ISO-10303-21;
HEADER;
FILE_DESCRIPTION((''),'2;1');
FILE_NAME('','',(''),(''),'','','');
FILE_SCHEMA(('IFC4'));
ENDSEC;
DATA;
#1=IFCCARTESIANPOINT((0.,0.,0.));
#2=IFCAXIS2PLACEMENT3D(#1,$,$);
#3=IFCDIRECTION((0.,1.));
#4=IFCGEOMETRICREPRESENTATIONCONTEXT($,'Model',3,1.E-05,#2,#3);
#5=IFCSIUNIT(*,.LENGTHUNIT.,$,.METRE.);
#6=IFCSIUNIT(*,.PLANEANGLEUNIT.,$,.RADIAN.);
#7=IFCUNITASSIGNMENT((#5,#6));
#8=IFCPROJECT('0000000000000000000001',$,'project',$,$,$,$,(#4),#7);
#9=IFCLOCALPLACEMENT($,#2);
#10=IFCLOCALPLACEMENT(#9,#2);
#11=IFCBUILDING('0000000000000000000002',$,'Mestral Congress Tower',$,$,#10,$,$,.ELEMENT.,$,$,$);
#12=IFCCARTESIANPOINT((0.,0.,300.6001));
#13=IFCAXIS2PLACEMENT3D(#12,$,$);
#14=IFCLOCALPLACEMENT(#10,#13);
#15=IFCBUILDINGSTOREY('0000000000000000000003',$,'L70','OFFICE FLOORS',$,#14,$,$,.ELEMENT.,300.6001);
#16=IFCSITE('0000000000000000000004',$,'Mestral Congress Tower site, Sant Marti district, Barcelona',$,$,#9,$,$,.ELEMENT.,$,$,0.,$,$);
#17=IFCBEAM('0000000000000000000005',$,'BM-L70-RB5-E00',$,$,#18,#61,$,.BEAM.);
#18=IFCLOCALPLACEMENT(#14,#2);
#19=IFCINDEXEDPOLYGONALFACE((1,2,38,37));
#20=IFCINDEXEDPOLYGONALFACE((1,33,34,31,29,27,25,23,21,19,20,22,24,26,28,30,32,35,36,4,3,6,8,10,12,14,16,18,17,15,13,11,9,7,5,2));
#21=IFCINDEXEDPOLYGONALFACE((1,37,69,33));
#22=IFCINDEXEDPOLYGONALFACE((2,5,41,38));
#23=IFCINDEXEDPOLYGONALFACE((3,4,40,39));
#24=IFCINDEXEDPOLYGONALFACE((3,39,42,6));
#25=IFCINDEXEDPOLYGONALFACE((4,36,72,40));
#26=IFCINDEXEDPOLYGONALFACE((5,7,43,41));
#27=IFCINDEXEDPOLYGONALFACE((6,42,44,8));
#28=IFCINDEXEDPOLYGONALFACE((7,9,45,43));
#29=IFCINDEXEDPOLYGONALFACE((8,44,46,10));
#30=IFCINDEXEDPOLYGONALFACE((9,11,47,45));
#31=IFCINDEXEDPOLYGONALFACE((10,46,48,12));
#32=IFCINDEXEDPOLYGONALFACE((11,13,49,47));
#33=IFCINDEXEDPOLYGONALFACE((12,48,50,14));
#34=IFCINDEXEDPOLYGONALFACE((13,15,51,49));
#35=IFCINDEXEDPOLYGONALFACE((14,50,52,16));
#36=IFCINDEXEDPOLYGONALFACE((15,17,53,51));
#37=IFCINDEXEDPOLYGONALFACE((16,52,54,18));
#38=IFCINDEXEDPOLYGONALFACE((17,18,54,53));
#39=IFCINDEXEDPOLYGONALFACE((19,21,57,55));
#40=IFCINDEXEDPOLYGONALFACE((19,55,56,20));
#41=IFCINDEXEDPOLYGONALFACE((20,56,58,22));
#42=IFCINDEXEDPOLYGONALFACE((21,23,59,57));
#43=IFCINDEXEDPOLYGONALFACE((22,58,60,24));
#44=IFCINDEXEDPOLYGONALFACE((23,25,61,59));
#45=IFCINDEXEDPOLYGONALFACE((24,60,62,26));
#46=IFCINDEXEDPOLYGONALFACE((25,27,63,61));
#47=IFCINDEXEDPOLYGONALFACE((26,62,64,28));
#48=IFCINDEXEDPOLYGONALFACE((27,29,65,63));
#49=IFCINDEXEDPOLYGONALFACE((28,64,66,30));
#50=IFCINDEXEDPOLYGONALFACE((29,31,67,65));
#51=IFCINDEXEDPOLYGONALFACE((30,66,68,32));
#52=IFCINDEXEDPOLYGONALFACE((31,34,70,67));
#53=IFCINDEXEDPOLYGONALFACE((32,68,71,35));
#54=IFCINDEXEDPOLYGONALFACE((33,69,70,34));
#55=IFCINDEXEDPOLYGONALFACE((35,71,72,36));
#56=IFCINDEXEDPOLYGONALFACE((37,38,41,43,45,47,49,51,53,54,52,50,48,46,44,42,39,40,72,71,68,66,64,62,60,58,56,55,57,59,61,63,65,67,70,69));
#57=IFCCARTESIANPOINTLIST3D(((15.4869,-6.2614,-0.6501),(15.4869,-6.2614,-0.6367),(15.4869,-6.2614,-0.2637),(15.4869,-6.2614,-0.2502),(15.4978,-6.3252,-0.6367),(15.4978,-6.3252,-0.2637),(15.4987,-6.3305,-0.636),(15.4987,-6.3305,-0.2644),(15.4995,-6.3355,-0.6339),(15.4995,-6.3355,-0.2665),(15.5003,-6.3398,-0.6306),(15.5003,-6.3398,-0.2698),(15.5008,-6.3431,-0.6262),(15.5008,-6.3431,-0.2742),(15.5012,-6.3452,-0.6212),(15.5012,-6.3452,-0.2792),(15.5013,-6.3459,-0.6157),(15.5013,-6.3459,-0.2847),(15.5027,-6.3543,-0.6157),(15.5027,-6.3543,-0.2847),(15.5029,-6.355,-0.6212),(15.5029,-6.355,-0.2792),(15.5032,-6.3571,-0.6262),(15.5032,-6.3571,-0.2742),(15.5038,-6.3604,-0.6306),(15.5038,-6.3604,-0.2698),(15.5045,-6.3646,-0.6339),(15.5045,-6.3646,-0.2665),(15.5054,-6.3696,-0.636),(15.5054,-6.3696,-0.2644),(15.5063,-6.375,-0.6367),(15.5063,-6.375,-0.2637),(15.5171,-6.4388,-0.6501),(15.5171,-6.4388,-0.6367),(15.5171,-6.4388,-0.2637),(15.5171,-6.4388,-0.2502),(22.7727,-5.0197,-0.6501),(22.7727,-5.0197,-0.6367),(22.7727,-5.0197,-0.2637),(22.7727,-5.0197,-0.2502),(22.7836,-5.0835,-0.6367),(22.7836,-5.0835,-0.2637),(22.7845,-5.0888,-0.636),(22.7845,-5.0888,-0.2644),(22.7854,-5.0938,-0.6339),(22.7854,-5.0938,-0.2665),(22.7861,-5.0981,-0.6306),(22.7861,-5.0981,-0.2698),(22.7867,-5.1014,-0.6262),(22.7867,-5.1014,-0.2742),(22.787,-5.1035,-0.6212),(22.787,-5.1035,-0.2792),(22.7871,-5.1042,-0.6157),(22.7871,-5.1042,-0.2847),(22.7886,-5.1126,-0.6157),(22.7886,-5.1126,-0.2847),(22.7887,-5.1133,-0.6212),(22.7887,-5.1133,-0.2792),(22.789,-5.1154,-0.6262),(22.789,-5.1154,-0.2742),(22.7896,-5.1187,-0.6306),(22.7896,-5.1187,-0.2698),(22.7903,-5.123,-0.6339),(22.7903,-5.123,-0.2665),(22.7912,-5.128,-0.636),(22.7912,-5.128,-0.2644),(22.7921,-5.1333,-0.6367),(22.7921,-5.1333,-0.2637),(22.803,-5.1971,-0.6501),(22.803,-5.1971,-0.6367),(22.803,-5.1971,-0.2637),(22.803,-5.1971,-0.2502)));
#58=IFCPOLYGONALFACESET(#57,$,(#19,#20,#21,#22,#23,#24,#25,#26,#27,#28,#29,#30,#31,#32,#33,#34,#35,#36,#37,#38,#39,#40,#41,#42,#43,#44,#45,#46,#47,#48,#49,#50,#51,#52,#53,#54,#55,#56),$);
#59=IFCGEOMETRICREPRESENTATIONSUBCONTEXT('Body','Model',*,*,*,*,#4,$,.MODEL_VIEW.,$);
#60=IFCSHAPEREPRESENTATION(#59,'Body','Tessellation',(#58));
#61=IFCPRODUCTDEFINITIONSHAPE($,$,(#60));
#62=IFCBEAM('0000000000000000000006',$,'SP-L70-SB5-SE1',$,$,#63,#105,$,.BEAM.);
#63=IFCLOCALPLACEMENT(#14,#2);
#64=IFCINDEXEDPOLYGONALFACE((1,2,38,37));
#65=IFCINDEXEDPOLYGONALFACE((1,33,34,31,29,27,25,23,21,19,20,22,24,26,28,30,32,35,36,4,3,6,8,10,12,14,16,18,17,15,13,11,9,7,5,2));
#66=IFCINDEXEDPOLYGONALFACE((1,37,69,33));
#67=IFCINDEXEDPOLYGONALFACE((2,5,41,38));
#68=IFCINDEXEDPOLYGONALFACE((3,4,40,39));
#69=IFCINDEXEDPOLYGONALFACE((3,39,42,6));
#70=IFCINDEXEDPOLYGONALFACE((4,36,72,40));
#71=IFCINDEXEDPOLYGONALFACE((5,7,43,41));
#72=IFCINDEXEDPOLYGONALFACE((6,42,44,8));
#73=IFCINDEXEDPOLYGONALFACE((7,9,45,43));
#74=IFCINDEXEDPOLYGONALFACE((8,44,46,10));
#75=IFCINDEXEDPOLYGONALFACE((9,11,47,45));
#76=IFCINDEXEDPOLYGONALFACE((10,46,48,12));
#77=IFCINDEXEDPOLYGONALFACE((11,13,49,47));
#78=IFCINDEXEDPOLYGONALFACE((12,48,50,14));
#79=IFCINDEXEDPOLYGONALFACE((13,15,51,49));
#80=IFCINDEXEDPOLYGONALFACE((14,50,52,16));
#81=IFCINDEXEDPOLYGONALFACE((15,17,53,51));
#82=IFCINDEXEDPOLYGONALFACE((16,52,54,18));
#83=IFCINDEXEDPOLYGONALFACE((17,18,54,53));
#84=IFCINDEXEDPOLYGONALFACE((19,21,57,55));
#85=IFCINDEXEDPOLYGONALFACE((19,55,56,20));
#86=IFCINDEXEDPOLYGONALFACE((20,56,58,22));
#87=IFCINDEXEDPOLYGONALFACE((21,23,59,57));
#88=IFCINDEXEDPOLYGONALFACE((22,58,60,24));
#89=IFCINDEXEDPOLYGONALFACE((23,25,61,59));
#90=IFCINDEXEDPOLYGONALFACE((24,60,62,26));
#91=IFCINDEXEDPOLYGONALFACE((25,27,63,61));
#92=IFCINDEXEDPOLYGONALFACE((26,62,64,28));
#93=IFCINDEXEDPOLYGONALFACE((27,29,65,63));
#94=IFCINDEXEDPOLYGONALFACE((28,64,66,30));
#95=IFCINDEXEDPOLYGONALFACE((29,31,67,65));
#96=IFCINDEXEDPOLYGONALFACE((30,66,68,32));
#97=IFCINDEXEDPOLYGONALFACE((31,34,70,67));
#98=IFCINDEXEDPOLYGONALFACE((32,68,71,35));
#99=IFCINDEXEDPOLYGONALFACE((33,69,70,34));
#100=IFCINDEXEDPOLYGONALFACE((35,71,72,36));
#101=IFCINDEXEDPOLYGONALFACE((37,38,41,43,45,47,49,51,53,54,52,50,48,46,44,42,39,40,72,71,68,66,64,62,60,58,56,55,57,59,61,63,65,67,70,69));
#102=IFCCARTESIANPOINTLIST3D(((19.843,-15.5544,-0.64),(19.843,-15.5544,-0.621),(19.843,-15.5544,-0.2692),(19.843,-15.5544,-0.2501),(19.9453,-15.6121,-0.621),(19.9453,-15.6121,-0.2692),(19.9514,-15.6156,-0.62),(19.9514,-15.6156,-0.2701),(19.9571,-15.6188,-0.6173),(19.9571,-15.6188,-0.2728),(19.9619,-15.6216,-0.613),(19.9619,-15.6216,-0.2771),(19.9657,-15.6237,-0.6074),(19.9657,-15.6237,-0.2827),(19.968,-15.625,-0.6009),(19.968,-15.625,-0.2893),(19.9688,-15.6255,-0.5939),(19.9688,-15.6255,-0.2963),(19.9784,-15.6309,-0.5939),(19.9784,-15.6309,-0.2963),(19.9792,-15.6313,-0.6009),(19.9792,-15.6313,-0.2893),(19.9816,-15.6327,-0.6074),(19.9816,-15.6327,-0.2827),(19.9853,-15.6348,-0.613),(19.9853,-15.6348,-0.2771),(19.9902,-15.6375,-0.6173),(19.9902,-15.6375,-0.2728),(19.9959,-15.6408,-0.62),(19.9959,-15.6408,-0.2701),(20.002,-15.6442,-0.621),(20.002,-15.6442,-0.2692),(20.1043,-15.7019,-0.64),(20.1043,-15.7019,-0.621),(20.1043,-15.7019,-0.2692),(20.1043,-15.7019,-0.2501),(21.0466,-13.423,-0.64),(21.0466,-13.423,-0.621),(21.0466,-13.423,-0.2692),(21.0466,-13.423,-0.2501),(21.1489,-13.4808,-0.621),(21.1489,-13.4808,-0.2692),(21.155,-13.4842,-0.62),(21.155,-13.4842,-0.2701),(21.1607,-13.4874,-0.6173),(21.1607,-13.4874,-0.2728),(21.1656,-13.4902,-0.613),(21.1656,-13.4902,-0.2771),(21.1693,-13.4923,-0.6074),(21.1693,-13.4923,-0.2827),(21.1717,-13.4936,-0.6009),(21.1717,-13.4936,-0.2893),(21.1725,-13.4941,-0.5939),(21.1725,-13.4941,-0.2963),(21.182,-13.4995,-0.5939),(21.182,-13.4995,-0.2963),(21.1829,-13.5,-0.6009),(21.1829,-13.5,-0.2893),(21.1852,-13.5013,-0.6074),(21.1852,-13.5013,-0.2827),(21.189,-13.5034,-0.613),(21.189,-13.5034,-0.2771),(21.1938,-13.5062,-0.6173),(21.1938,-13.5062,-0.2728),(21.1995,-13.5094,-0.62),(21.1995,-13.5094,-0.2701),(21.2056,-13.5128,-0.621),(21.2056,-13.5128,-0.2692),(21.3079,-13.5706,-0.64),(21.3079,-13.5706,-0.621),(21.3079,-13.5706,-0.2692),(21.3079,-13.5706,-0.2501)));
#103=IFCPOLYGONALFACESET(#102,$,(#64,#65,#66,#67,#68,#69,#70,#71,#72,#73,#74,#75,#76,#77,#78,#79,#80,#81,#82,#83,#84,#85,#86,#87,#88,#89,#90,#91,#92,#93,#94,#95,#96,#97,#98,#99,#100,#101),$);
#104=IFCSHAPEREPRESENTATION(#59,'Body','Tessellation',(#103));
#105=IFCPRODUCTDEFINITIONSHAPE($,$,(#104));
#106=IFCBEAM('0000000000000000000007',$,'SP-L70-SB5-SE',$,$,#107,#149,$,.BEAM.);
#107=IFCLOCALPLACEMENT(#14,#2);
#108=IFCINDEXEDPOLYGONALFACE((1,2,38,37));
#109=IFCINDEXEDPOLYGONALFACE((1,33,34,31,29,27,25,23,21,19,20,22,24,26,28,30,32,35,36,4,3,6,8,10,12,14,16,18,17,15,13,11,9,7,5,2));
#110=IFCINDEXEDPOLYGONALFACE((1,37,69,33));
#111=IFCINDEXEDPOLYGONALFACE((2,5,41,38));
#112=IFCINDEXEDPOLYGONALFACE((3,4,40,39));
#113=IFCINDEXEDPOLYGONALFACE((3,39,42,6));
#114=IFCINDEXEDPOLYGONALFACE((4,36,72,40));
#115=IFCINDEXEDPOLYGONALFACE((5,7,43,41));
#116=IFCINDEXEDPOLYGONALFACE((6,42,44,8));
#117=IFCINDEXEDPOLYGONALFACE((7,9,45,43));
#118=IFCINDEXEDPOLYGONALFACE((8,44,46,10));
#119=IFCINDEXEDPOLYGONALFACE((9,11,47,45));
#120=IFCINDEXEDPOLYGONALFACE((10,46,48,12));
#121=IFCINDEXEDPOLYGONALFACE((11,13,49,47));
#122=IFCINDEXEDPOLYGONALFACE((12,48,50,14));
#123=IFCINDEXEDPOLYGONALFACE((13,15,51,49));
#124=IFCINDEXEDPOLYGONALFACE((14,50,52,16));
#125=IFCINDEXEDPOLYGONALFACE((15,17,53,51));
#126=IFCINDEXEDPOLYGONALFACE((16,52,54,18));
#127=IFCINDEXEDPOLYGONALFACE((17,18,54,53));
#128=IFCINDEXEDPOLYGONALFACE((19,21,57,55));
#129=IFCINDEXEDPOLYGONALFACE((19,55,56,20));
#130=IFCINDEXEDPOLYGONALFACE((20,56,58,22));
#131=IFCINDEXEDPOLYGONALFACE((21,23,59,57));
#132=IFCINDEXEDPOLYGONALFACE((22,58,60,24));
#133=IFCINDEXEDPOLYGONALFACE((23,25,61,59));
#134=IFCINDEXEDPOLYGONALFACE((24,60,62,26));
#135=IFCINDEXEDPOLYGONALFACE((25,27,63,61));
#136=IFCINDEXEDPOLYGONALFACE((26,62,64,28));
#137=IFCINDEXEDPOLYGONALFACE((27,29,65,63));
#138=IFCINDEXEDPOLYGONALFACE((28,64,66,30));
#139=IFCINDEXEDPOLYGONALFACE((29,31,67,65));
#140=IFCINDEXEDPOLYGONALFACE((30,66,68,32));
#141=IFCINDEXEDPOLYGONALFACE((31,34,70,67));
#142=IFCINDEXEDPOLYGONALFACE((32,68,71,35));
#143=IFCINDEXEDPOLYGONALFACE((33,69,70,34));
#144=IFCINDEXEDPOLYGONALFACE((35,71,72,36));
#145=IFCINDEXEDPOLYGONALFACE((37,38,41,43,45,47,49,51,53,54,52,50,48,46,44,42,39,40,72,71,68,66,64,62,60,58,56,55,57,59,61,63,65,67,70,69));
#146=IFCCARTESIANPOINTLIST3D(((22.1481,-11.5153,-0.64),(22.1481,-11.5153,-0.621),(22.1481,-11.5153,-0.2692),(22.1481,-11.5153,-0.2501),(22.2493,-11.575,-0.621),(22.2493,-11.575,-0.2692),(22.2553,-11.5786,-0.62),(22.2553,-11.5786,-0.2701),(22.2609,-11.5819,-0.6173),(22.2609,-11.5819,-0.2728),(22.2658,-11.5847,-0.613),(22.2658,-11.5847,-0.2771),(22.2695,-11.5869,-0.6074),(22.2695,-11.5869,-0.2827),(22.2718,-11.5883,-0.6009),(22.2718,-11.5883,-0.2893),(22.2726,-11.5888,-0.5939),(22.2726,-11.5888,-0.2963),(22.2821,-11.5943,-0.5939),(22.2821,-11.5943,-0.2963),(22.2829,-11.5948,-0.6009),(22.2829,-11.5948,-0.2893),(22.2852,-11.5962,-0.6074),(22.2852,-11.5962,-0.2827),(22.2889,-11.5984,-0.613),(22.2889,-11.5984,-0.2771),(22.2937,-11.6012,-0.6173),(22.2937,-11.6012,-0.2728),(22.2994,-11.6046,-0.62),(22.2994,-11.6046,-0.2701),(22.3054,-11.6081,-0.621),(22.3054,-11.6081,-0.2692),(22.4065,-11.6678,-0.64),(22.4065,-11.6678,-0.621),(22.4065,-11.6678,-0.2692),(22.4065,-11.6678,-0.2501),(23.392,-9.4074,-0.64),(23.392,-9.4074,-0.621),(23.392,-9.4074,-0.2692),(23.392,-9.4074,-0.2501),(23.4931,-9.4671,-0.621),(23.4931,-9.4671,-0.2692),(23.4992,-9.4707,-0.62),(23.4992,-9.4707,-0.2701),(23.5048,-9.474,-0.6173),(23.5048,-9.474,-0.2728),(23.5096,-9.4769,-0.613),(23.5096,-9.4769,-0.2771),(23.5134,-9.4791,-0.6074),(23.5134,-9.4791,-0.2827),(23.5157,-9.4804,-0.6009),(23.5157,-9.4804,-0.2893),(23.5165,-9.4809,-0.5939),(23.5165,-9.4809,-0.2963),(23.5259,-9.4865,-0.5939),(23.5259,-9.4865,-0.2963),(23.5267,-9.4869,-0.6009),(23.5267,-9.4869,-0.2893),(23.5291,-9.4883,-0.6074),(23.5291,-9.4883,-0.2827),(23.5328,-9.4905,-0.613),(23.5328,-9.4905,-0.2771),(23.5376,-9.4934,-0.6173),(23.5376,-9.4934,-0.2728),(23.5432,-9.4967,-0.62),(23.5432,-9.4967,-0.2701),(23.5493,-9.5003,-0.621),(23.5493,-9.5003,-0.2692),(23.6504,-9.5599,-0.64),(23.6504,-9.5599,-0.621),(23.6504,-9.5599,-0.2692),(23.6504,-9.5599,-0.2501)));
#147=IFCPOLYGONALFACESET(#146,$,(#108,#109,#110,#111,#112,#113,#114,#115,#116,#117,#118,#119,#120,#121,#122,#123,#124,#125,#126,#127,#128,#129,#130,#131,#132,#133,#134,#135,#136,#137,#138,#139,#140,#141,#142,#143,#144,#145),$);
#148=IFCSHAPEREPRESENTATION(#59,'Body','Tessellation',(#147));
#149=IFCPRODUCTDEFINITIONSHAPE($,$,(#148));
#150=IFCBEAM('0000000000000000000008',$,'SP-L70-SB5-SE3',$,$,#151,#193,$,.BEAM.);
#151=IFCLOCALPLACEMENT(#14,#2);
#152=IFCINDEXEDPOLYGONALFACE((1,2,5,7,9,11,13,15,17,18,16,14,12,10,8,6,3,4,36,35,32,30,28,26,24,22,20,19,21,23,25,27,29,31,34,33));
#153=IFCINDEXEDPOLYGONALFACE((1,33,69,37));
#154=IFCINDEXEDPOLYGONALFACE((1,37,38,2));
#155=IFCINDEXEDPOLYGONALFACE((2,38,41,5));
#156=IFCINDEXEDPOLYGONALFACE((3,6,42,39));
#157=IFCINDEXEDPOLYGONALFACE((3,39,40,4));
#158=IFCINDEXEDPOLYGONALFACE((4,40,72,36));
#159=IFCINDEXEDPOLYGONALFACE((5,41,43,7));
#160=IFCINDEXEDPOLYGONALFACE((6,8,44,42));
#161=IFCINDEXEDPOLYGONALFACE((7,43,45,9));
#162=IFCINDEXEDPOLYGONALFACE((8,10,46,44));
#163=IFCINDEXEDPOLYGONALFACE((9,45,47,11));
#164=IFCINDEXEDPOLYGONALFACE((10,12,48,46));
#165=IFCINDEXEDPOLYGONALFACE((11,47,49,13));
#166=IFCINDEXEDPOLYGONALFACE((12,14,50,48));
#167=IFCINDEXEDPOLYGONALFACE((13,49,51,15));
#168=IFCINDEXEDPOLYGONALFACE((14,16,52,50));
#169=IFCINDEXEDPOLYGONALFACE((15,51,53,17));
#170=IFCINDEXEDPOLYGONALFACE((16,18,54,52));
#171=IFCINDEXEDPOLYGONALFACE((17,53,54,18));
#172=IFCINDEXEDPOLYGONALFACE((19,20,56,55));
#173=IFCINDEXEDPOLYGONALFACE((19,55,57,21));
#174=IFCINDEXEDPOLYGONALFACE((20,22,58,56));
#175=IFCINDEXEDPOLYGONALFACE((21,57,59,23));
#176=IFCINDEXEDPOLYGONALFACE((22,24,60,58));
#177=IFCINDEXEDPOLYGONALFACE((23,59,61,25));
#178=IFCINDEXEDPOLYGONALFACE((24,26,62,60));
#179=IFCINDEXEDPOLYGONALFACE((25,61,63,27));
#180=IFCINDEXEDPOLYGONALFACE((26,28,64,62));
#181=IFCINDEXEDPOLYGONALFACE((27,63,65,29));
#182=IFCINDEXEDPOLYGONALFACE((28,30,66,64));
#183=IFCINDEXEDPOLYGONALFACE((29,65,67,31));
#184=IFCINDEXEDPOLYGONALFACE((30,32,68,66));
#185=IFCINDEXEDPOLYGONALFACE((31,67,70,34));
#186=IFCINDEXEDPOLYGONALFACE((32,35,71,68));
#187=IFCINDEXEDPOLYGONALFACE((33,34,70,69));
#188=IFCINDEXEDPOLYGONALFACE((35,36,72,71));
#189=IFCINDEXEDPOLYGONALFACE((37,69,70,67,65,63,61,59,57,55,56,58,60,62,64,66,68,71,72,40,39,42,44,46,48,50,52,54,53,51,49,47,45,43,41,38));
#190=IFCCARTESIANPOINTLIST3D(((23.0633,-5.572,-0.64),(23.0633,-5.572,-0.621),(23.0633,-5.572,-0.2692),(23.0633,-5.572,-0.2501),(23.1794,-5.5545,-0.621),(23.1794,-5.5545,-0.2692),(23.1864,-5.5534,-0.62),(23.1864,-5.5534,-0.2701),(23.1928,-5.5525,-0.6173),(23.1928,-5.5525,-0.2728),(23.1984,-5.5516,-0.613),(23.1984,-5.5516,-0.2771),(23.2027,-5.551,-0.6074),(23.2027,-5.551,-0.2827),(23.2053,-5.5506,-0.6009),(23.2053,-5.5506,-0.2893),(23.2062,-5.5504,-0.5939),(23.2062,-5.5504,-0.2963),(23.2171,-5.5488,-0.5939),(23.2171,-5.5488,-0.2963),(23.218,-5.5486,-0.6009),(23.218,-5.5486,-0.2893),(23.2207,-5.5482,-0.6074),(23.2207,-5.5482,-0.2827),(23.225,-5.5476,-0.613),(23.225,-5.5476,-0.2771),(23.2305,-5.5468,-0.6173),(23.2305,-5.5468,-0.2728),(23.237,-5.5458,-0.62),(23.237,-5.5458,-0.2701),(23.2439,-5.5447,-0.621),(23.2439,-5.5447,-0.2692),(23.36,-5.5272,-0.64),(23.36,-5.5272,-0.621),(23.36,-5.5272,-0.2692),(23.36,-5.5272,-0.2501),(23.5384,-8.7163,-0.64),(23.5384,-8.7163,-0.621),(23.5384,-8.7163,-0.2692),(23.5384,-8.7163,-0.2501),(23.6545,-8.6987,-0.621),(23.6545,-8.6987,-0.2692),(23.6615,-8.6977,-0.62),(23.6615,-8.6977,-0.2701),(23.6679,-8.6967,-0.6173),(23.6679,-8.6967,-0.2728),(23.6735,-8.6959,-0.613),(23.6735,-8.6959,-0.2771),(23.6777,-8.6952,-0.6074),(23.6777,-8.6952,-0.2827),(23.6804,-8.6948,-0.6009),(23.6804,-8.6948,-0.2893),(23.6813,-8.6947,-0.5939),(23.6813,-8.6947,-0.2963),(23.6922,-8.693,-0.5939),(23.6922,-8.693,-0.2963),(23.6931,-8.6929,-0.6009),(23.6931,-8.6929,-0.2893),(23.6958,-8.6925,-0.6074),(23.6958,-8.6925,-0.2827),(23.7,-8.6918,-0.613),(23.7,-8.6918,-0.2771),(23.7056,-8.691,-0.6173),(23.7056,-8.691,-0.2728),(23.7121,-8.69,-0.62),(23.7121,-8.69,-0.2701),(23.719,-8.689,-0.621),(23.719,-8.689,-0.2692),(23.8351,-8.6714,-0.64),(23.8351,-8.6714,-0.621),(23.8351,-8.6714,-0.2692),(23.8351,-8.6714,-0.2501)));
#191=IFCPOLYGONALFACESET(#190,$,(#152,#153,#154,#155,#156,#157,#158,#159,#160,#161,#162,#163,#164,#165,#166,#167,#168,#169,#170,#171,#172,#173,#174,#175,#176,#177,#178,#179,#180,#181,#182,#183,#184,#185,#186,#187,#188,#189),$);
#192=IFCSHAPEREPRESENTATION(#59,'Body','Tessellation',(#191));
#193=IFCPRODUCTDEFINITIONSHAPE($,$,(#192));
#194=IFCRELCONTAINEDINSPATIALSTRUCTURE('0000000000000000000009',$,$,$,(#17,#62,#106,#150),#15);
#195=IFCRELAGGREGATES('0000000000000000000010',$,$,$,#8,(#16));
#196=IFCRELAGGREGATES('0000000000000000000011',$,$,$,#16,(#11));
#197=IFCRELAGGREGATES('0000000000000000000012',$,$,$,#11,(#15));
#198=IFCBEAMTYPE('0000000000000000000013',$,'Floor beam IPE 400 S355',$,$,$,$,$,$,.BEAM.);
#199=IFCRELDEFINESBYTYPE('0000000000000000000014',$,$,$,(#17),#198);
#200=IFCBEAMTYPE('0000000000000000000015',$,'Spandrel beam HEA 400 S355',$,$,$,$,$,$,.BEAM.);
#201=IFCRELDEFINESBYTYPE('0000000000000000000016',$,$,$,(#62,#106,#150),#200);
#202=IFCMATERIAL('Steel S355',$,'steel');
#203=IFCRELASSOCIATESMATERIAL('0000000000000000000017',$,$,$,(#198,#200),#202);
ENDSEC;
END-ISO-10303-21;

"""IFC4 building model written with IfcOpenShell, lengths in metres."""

from ifc_helpers import new_model, si_unit, direction, frame, origin, origin_2d, place, context, subcontext, project, spatial, i_section, extrude, material, material_profile, profile_set, type_object, element, save


model = new_model("IFC4")

# Units and contexts
model_context = context("Model", 3, precision=1e-05, world=origin(), true_north=direction((0.0, 1.0)))
body_context = subcontext(model_context, "Body", "Model", "MODEL_VIEW")
ifc_project = project(units=[si_unit("LENGTHUNIT", "METRE"), si_unit("PLANEANGLEUNIT", "RADIAN")], contexts=[model_context])

# Site, building, storey
site_placement = place(None, origin())
site = spatial("IfcSite", under=ifc_project, at=site_placement, Name="Mestral Congress Tower site, Sant Marti district, Barcelona", CompositionType="ELEMENT", RefElevation=0.0)
building_placement = place(site_placement, origin())
building = spatial("IfcBuilding", under=site, at=building_placement, Name="Mestral Congress Tower", CompositionType="ELEMENT")
storey_placement = place(building_placement, frame((0.0, 0.0, 300.6001)))
storey = spatial("IfcBuildingStorey", under=building, at=storey_placement, Name="L70", Description="OFFICE FLOORS", CompositionType="ELEMENT", Elevation=300.6001)

# Beams
ifc_material_1 = material(Name="Steel S355", Category="steel")
ifc_material_profile_1 = material_profile(ifc_material_1, i_section(OverallWidth=0.1799, OverallDepth=0.3999, WebThickness=0.0085, FlangeThickness=0.0134, FilletRadius=0.021, at=origin_2d()), Name="IPE 400")
ifc_profile_set_1 = profile_set([ifc_material_profile_1], Name="Steel S355")
beam_type_1 = type_object("IfcBeamType", Name="Floor beam IPE 400 S355", PredefinedType="BEAM", material=ifc_profile_set_1)
beam_1_placement = place(storey_placement, frame((22.7878, -5.1084, -0.4502), z_axis=(-0.985787, -0.168003, 0.0), x_axis=(0.168003, -0.985787, 0.0)))
element("IfcBeam", 1, at=beam_1_placement, inside=storey, type_object=beam_type_1, Name="BM-L70-RB5-E00", PredefinedType="BEAM", context=body_context, shape_type="SweptSolid", body=[
    extrude(i_section(OverallWidth=0.1799, OverallDepth=0.3999, WebThickness=0.0085, FlangeThickness=0.0134, FilletRadius=0.021, at=origin_2d()), origin(), (0.0, 0.0, 1.0), 7.3909),
])
ifc_material_profile_2 = material_profile(ifc_material_1, i_section(OverallWidth=0.3, OverallDepth=0.3899, WebThickness=0.011, FlangeThickness=0.019, FilletRadius=0.0271, at=origin_2d()), Name="HEA 400")
ifc_profile_set_2 = profile_set([ifc_material_profile_2], Name="Steel S355")
beam_type_2 = type_object("IfcBeamType", Name="Spandrel beam HEA 400 S355", PredefinedType="BEAM", material=ifc_profile_set_2)
beam_2_placement = place(storey_placement, frame((19.9736, -15.6282, -0.4451), z_axis=(0.491729, 0.870749, 0.0), x_axis=(-0.870749, 0.491729, 0.0)))
element("IfcBeam", 2, at=beam_2_placement, inside=storey, type_object=beam_type_2, Name="SP-L70-SB5-SE1", PredefinedType="BEAM", context=body_context, shape_type="SweptSolid", body=[
    extrude(i_section(OverallWidth=0.3, OverallDepth=0.3899, WebThickness=0.011, FlangeThickness=0.019, FilletRadius=0.0271, at=origin_2d()), origin(), (0.0, 0.0, 1.0), 2.4478),
])
beam_3_placement = place(storey_placement, frame((22.2773, -11.5916, -0.4451), z_axis=(0.508218, 0.861228, 0.0), x_axis=(-0.861228, 0.508218, 0.0)))
element("IfcBeam", 3, at=beam_3_placement, inside=storey, type_object=beam_type_2, Name="SP-L70-SB5-SE", PredefinedType="BEAM", context=body_context, shape_type="SweptSolid", body=[
    extrude(i_section(OverallWidth=0.3, OverallDepth=0.3899, WebThickness=0.011, FlangeThickness=0.019, FilletRadius=0.0271, at=origin_2d()), origin(), (0.0, 0.0, 1.0), 2.4475),
])
beam_4_placement = place(storey_placement, frame((23.6868, -8.6938, -0.4451), z_axis=(-0.149403, 0.988776, 0.0), x_axis=(-0.988776, -0.149403, 0.0)))
element("IfcBeam", 4, at=beam_4_placement, inside=storey, type_object=beam_type_2, Name="SP-L70-SB5-SE3", PredefinedType="BEAM", context=body_context, shape_type="SweptSolid", body=[
    extrude(i_section(OverallWidth=0.3, OverallDepth=0.3899, WebThickness=0.011, FlangeThickness=0.019, FilletRadius=0.0271, at=origin_2d()), origin(), (0.0, 0.0, 1.0), 3.1799),
])

save(model, "model.ifc")
